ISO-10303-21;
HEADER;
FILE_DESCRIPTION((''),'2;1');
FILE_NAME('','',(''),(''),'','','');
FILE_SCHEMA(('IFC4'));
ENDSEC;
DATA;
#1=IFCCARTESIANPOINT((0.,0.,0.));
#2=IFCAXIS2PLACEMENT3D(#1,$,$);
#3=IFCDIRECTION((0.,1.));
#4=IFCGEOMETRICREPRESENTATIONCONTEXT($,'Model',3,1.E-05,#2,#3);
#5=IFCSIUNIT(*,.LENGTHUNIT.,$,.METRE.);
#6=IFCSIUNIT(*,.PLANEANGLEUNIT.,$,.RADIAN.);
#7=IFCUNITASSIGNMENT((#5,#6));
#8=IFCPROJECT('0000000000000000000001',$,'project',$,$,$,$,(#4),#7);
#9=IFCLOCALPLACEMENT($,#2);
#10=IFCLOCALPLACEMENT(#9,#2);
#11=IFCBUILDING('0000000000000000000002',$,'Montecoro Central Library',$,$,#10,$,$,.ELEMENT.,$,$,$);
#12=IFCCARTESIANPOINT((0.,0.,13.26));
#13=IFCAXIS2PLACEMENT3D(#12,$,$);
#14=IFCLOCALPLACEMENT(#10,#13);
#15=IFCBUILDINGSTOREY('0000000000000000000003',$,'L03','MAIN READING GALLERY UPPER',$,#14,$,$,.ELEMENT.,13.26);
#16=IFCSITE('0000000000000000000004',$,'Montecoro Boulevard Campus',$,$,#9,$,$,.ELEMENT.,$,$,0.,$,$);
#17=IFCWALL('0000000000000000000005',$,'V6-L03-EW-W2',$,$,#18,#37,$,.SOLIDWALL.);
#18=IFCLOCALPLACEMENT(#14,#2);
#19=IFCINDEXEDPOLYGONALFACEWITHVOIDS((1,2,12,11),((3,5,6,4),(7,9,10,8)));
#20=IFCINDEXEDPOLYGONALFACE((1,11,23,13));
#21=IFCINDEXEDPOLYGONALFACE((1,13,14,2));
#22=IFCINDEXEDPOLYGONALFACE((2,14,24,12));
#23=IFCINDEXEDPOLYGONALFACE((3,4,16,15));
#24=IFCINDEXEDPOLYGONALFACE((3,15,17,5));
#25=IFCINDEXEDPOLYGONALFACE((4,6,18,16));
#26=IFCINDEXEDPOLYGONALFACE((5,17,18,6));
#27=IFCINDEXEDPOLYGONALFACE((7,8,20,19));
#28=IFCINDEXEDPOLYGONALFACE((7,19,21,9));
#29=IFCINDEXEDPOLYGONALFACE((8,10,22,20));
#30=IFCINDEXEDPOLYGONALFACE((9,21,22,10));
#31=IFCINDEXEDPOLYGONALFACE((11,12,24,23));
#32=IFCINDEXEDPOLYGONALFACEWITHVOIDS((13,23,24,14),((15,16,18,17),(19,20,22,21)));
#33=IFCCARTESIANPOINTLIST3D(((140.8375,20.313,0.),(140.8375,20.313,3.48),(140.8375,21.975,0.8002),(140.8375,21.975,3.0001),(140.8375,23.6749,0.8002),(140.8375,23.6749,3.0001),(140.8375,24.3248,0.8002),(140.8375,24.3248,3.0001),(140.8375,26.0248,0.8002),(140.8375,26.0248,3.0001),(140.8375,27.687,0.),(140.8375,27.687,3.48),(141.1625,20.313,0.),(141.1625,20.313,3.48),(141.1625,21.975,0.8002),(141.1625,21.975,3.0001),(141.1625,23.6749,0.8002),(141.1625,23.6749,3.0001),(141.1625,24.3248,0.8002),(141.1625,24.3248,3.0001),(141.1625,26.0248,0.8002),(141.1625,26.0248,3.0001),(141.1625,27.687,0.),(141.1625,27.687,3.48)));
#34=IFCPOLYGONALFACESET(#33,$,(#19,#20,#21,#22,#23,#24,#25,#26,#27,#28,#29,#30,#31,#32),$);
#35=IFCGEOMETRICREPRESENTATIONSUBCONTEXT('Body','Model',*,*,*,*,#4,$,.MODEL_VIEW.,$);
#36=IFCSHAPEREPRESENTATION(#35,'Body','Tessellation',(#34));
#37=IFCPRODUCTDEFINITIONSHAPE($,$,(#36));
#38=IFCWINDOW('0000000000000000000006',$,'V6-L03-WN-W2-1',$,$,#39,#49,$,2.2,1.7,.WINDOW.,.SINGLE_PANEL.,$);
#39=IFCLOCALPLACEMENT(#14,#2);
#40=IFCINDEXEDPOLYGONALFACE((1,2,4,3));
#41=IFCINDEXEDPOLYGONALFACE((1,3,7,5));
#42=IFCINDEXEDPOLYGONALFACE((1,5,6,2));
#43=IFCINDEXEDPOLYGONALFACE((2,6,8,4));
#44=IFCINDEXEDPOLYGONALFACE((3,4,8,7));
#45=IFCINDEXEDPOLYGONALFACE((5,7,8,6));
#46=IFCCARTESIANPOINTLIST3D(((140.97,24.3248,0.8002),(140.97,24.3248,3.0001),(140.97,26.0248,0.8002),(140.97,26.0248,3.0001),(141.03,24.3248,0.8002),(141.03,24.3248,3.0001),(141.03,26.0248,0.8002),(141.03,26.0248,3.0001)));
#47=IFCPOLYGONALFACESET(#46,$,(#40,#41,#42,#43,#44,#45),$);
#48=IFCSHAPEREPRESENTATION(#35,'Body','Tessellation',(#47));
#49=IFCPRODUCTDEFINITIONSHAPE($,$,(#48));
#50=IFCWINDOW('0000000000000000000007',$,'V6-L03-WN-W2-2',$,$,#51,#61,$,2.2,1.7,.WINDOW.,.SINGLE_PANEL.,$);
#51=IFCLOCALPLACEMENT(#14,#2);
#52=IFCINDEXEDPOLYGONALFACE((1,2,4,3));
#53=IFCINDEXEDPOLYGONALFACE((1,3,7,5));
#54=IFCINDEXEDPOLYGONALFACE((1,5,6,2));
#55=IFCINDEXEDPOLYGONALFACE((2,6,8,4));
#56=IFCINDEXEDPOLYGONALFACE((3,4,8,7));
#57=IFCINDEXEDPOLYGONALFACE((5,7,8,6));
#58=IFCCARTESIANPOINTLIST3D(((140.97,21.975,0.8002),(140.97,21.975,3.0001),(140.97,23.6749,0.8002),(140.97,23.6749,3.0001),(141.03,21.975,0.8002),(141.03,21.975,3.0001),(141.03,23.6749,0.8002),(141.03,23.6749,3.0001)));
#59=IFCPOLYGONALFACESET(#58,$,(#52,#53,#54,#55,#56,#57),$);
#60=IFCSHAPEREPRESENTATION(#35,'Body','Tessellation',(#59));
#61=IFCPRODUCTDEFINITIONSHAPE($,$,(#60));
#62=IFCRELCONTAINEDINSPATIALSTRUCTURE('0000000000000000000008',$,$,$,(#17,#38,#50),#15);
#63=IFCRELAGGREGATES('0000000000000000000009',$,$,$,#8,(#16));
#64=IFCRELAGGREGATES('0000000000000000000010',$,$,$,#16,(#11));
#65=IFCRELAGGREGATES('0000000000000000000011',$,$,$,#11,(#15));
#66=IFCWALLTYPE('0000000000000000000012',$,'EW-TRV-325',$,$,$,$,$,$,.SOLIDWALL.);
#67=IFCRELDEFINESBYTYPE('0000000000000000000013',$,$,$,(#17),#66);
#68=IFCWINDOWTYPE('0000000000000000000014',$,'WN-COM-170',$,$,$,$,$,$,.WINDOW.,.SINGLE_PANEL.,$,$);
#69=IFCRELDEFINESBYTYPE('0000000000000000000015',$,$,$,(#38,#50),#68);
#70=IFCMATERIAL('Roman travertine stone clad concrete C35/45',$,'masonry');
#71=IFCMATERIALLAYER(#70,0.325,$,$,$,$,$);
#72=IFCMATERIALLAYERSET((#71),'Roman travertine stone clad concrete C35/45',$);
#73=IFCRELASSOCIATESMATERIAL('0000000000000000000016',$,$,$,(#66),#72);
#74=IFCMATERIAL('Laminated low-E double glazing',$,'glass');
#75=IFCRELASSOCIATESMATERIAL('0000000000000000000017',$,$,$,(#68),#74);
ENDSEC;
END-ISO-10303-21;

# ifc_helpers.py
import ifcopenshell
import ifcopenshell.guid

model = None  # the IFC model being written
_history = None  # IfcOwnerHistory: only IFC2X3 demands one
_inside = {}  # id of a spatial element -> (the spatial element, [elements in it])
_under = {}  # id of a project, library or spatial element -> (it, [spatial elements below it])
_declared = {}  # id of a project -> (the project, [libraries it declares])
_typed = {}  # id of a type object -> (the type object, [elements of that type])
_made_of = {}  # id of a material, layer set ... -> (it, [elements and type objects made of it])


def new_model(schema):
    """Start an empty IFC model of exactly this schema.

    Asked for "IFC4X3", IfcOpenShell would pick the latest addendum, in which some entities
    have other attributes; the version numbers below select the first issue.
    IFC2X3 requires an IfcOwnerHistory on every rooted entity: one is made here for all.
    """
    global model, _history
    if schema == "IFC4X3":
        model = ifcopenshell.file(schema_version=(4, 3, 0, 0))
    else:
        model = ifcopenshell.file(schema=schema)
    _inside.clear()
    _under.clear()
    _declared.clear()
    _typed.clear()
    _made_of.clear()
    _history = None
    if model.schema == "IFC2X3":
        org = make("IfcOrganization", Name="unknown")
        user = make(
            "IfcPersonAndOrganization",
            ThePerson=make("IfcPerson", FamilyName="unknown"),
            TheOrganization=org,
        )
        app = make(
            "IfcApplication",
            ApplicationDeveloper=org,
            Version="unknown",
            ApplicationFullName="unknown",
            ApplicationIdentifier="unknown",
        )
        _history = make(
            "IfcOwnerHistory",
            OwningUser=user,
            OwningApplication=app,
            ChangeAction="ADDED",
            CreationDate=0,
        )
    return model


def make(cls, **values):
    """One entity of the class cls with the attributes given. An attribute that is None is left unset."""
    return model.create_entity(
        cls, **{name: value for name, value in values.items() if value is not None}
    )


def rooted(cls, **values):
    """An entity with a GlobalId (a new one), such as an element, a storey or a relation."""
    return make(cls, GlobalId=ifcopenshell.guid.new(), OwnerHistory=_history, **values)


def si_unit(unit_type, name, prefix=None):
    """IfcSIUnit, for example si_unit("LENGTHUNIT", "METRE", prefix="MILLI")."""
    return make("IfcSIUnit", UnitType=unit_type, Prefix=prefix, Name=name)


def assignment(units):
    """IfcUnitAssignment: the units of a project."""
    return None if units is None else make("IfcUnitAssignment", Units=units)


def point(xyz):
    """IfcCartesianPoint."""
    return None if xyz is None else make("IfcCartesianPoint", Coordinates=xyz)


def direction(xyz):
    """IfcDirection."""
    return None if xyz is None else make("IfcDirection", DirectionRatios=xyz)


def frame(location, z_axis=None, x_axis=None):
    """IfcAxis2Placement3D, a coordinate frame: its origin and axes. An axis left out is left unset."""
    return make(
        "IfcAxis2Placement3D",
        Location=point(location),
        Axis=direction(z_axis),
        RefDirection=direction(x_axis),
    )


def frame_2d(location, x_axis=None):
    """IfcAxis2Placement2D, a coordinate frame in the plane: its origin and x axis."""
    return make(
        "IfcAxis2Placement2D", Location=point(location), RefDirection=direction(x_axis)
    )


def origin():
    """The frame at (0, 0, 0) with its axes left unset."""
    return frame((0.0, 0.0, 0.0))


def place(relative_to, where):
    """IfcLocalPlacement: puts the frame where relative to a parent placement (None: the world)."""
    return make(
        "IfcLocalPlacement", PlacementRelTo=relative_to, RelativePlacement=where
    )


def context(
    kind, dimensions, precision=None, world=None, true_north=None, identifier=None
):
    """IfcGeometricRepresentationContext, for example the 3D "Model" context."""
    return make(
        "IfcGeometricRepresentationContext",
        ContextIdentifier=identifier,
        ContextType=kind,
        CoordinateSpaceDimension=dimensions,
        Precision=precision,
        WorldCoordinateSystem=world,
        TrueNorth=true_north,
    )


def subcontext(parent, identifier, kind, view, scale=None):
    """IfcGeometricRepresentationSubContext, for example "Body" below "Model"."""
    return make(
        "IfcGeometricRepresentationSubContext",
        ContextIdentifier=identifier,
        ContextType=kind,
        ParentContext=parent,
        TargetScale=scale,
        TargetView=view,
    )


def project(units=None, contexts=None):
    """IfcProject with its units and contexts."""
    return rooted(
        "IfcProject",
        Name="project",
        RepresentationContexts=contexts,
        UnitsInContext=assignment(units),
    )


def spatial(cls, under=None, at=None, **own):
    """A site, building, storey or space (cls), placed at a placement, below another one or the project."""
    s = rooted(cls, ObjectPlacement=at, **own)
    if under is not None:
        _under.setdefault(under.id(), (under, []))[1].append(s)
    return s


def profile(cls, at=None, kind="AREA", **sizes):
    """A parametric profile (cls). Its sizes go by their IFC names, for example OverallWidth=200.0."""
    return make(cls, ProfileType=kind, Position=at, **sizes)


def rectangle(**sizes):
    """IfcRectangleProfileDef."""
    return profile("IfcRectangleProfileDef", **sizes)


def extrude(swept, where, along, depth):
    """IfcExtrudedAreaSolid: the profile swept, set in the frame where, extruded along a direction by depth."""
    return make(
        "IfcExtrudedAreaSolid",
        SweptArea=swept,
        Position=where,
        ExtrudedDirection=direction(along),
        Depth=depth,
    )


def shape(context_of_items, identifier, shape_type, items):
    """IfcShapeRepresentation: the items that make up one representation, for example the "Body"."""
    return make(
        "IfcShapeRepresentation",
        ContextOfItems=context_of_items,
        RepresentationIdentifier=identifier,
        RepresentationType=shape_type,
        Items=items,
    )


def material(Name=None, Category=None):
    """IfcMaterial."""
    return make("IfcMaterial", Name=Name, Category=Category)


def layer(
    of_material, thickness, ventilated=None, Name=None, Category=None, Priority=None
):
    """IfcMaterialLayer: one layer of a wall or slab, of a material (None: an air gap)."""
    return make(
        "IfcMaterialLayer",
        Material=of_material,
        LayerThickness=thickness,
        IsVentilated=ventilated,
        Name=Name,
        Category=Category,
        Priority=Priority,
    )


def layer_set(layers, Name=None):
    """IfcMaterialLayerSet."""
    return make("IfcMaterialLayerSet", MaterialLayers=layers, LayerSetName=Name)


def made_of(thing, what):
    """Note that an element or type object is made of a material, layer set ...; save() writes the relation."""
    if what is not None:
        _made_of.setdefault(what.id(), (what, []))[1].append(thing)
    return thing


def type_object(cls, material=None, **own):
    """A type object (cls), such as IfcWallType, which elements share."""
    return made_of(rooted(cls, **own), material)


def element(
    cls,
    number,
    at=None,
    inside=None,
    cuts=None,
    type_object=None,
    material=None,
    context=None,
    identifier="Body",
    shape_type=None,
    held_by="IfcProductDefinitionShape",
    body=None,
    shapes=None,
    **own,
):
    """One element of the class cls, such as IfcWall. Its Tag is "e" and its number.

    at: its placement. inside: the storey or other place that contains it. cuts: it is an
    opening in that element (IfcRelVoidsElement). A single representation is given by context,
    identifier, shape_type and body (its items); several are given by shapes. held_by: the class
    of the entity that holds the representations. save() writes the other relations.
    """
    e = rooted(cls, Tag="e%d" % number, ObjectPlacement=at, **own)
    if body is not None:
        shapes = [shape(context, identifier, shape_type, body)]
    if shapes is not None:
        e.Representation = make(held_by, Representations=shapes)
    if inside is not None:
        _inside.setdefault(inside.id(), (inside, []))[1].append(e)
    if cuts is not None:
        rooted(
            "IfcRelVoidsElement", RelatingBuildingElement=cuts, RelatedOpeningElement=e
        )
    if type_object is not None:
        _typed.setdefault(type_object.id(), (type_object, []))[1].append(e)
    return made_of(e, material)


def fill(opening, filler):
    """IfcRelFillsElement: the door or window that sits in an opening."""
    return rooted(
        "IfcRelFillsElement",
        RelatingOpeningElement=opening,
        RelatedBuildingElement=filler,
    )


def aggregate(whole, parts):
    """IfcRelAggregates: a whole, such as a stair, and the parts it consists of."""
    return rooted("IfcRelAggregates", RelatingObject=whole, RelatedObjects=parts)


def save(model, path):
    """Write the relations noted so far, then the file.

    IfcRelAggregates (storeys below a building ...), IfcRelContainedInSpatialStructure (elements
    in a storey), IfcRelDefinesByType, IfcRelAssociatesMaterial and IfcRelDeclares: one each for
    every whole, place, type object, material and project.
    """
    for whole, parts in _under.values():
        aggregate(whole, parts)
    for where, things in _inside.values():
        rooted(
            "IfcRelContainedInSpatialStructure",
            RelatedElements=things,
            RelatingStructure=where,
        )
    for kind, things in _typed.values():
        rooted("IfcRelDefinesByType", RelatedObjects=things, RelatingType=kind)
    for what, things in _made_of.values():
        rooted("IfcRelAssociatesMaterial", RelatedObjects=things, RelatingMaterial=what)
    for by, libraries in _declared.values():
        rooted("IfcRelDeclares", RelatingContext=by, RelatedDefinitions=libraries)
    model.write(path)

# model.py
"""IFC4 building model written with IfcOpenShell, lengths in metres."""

from ifc_helpers import new_model, si_unit, direction, frame, frame_2d, origin, place, context, subcontext, project, spatial, rectangle, extrude, material, layer, layer_set, type_object, element, fill, save


model = new_model("IFC4")

# Units and contexts
model_context = context("Model", 3, precision=1e-05, world=origin(), true_north=direction((0.0, 1.0)))
body_context = subcontext(model_context, "Body", "Model", "MODEL_VIEW")
ifc_project = project(units=[si_unit("LENGTHUNIT", "METRE"), si_unit("PLANEANGLEUNIT", "RADIAN")], contexts=[model_context])

# Site, building, storey
site_placement = place(None, origin())
site = spatial("IfcSite", under=ifc_project, at=site_placement, Name="Montecoro Boulevard Campus", CompositionType="ELEMENT", RefElevation=0.0)
building_placement = place(site_placement, origin())
building = spatial("IfcBuilding", under=site, at=building_placement, Name="Montecoro Central Library", CompositionType="ELEMENT")
storey_placement = place(building_placement, frame((0.0, 0.0, 13.26)))
storey = spatial("IfcBuildingStorey", under=building, at=storey_placement, Name="L03", Description="MAIN READING GALLERY UPPER", CompositionType="ELEMENT", Elevation=13.26)

# Shared definitions
ifc_material_1 = material(Name="Laminated low-E double glazing", Category="glass")

# Wall, openings, windows
ifc_material_2 = material(Name="Roman travertine stone clad concrete C35/45", Category="masonry")
ifc_layer_1 = layer(ifc_material_2, 0.325)
ifc_layer_set_1 = layer_set([ifc_layer_1], Name="Roman travertine stone clad concrete C35/45")
wall_type = type_object("IfcWallType", Name="EW-TRV-325", PredefinedType="SOLIDWALL", material=ifc_layer_set_1)
wall_placement = place(storey_placement, frame((141.0, 27.687, 0.0), z_axis=(0.0, 0.0, 1.0), x_axis=(0.0, -1.0, 0.0)))
wall = element("IfcWall", 1, at=wall_placement, inside=storey, type_object=wall_type, Name="V6-L03-EW-W2", PredefinedType="SOLIDWALL", context=body_context, shape_type="SweptSolid", body=[
    extrude(rectangle(XDim=7.374, YDim=0.325, at=frame_2d((3.687, 0.0))), origin(), (0.0, 0.0, 1.0), 3.48),
])
opening_1_placement = place(wall_placement, frame((1.6621, 0.0, 0.8)))
opening_1 = element("IfcOpeningElement", 2, at=opening_1_placement, cuts=wall, PredefinedType="OPENING", context=body_context, shape_type="SweptSolid", body=[
    extrude(rectangle(XDim=1.7, YDim=2.2, at=frame_2d((0.8501, 1.1001))), frame((0.0, 0.1724, 0.0), z_axis=(0.0, -1.0, 0.0), x_axis=(1.0, 0.0, 0.0)), (0.0, 0.0, 1.0), 0.345),
])
opening_2_placement = place(wall_placement, frame((4.012, 0.0, 0.8)))
opening_2 = element("IfcOpeningElement", 3, at=opening_2_placement, cuts=wall, PredefinedType="OPENING", context=body_context, shape_type="SweptSolid", body=[
    extrude(rectangle(XDim=1.7, YDim=2.2, at=frame_2d((0.8501, 1.1001))), frame((0.0, 0.1724, 0.0), z_axis=(0.0, -1.0, 0.0), x_axis=(1.0, 0.0, 0.0)), (0.0, 0.0, 1.0), 0.345),
])
window_type = type_object("IfcWindowType", Name="WN-COM-170", PartitioningType="SINGLE_PANEL", PredefinedType="WINDOW", material=ifc_material_1)
window_1_placement = place(opening_1_placement, origin())
window_1 = element("IfcWindow", 4, at=window_1_placement, inside=storey, type_object=window_type, Name="V6-L03-WN-W2-1", OverallHeight=2.2, OverallWidth=1.7, PartitioningType="SINGLE_PANEL", PredefinedType="WINDOW", context=body_context, shape_type="SweptSolid", body=[
    extrude(rectangle(XDim=1.7, YDim=2.2, at=frame_2d((0.8501, 1.1001))), frame((0.0, 0.03, 0.0), z_axis=(0.0, -1.0, 0.0), x_axis=(1.0, 0.0, 0.0)), (0.0, 0.0, 1.0), 0.0601),
])
fill(opening_1, window_1)
window_2_placement = place(opening_2_placement, origin())
window_2 = element("IfcWindow", 5, at=window_2_placement, inside=storey, type_object=window_type, Name="V6-L03-WN-W2-2", OverallHeight=2.2, OverallWidth=1.7, PartitioningType="SINGLE_PANEL", PredefinedType="WINDOW", context=body_context, shape_type="SweptSolid", body=[
    extrude(rectangle(XDim=1.7, YDim=2.2, at=frame_2d((0.8501, 1.1001))), frame((0.0, 0.03, 0.0), z_axis=(0.0, -1.0, 0.0), x_axis=(1.0, 0.0, 0.0)), (0.0, 0.0, 1.0), 0.0601),
])
fill(opening_2, window_2)

save(model, "model.ifc")
